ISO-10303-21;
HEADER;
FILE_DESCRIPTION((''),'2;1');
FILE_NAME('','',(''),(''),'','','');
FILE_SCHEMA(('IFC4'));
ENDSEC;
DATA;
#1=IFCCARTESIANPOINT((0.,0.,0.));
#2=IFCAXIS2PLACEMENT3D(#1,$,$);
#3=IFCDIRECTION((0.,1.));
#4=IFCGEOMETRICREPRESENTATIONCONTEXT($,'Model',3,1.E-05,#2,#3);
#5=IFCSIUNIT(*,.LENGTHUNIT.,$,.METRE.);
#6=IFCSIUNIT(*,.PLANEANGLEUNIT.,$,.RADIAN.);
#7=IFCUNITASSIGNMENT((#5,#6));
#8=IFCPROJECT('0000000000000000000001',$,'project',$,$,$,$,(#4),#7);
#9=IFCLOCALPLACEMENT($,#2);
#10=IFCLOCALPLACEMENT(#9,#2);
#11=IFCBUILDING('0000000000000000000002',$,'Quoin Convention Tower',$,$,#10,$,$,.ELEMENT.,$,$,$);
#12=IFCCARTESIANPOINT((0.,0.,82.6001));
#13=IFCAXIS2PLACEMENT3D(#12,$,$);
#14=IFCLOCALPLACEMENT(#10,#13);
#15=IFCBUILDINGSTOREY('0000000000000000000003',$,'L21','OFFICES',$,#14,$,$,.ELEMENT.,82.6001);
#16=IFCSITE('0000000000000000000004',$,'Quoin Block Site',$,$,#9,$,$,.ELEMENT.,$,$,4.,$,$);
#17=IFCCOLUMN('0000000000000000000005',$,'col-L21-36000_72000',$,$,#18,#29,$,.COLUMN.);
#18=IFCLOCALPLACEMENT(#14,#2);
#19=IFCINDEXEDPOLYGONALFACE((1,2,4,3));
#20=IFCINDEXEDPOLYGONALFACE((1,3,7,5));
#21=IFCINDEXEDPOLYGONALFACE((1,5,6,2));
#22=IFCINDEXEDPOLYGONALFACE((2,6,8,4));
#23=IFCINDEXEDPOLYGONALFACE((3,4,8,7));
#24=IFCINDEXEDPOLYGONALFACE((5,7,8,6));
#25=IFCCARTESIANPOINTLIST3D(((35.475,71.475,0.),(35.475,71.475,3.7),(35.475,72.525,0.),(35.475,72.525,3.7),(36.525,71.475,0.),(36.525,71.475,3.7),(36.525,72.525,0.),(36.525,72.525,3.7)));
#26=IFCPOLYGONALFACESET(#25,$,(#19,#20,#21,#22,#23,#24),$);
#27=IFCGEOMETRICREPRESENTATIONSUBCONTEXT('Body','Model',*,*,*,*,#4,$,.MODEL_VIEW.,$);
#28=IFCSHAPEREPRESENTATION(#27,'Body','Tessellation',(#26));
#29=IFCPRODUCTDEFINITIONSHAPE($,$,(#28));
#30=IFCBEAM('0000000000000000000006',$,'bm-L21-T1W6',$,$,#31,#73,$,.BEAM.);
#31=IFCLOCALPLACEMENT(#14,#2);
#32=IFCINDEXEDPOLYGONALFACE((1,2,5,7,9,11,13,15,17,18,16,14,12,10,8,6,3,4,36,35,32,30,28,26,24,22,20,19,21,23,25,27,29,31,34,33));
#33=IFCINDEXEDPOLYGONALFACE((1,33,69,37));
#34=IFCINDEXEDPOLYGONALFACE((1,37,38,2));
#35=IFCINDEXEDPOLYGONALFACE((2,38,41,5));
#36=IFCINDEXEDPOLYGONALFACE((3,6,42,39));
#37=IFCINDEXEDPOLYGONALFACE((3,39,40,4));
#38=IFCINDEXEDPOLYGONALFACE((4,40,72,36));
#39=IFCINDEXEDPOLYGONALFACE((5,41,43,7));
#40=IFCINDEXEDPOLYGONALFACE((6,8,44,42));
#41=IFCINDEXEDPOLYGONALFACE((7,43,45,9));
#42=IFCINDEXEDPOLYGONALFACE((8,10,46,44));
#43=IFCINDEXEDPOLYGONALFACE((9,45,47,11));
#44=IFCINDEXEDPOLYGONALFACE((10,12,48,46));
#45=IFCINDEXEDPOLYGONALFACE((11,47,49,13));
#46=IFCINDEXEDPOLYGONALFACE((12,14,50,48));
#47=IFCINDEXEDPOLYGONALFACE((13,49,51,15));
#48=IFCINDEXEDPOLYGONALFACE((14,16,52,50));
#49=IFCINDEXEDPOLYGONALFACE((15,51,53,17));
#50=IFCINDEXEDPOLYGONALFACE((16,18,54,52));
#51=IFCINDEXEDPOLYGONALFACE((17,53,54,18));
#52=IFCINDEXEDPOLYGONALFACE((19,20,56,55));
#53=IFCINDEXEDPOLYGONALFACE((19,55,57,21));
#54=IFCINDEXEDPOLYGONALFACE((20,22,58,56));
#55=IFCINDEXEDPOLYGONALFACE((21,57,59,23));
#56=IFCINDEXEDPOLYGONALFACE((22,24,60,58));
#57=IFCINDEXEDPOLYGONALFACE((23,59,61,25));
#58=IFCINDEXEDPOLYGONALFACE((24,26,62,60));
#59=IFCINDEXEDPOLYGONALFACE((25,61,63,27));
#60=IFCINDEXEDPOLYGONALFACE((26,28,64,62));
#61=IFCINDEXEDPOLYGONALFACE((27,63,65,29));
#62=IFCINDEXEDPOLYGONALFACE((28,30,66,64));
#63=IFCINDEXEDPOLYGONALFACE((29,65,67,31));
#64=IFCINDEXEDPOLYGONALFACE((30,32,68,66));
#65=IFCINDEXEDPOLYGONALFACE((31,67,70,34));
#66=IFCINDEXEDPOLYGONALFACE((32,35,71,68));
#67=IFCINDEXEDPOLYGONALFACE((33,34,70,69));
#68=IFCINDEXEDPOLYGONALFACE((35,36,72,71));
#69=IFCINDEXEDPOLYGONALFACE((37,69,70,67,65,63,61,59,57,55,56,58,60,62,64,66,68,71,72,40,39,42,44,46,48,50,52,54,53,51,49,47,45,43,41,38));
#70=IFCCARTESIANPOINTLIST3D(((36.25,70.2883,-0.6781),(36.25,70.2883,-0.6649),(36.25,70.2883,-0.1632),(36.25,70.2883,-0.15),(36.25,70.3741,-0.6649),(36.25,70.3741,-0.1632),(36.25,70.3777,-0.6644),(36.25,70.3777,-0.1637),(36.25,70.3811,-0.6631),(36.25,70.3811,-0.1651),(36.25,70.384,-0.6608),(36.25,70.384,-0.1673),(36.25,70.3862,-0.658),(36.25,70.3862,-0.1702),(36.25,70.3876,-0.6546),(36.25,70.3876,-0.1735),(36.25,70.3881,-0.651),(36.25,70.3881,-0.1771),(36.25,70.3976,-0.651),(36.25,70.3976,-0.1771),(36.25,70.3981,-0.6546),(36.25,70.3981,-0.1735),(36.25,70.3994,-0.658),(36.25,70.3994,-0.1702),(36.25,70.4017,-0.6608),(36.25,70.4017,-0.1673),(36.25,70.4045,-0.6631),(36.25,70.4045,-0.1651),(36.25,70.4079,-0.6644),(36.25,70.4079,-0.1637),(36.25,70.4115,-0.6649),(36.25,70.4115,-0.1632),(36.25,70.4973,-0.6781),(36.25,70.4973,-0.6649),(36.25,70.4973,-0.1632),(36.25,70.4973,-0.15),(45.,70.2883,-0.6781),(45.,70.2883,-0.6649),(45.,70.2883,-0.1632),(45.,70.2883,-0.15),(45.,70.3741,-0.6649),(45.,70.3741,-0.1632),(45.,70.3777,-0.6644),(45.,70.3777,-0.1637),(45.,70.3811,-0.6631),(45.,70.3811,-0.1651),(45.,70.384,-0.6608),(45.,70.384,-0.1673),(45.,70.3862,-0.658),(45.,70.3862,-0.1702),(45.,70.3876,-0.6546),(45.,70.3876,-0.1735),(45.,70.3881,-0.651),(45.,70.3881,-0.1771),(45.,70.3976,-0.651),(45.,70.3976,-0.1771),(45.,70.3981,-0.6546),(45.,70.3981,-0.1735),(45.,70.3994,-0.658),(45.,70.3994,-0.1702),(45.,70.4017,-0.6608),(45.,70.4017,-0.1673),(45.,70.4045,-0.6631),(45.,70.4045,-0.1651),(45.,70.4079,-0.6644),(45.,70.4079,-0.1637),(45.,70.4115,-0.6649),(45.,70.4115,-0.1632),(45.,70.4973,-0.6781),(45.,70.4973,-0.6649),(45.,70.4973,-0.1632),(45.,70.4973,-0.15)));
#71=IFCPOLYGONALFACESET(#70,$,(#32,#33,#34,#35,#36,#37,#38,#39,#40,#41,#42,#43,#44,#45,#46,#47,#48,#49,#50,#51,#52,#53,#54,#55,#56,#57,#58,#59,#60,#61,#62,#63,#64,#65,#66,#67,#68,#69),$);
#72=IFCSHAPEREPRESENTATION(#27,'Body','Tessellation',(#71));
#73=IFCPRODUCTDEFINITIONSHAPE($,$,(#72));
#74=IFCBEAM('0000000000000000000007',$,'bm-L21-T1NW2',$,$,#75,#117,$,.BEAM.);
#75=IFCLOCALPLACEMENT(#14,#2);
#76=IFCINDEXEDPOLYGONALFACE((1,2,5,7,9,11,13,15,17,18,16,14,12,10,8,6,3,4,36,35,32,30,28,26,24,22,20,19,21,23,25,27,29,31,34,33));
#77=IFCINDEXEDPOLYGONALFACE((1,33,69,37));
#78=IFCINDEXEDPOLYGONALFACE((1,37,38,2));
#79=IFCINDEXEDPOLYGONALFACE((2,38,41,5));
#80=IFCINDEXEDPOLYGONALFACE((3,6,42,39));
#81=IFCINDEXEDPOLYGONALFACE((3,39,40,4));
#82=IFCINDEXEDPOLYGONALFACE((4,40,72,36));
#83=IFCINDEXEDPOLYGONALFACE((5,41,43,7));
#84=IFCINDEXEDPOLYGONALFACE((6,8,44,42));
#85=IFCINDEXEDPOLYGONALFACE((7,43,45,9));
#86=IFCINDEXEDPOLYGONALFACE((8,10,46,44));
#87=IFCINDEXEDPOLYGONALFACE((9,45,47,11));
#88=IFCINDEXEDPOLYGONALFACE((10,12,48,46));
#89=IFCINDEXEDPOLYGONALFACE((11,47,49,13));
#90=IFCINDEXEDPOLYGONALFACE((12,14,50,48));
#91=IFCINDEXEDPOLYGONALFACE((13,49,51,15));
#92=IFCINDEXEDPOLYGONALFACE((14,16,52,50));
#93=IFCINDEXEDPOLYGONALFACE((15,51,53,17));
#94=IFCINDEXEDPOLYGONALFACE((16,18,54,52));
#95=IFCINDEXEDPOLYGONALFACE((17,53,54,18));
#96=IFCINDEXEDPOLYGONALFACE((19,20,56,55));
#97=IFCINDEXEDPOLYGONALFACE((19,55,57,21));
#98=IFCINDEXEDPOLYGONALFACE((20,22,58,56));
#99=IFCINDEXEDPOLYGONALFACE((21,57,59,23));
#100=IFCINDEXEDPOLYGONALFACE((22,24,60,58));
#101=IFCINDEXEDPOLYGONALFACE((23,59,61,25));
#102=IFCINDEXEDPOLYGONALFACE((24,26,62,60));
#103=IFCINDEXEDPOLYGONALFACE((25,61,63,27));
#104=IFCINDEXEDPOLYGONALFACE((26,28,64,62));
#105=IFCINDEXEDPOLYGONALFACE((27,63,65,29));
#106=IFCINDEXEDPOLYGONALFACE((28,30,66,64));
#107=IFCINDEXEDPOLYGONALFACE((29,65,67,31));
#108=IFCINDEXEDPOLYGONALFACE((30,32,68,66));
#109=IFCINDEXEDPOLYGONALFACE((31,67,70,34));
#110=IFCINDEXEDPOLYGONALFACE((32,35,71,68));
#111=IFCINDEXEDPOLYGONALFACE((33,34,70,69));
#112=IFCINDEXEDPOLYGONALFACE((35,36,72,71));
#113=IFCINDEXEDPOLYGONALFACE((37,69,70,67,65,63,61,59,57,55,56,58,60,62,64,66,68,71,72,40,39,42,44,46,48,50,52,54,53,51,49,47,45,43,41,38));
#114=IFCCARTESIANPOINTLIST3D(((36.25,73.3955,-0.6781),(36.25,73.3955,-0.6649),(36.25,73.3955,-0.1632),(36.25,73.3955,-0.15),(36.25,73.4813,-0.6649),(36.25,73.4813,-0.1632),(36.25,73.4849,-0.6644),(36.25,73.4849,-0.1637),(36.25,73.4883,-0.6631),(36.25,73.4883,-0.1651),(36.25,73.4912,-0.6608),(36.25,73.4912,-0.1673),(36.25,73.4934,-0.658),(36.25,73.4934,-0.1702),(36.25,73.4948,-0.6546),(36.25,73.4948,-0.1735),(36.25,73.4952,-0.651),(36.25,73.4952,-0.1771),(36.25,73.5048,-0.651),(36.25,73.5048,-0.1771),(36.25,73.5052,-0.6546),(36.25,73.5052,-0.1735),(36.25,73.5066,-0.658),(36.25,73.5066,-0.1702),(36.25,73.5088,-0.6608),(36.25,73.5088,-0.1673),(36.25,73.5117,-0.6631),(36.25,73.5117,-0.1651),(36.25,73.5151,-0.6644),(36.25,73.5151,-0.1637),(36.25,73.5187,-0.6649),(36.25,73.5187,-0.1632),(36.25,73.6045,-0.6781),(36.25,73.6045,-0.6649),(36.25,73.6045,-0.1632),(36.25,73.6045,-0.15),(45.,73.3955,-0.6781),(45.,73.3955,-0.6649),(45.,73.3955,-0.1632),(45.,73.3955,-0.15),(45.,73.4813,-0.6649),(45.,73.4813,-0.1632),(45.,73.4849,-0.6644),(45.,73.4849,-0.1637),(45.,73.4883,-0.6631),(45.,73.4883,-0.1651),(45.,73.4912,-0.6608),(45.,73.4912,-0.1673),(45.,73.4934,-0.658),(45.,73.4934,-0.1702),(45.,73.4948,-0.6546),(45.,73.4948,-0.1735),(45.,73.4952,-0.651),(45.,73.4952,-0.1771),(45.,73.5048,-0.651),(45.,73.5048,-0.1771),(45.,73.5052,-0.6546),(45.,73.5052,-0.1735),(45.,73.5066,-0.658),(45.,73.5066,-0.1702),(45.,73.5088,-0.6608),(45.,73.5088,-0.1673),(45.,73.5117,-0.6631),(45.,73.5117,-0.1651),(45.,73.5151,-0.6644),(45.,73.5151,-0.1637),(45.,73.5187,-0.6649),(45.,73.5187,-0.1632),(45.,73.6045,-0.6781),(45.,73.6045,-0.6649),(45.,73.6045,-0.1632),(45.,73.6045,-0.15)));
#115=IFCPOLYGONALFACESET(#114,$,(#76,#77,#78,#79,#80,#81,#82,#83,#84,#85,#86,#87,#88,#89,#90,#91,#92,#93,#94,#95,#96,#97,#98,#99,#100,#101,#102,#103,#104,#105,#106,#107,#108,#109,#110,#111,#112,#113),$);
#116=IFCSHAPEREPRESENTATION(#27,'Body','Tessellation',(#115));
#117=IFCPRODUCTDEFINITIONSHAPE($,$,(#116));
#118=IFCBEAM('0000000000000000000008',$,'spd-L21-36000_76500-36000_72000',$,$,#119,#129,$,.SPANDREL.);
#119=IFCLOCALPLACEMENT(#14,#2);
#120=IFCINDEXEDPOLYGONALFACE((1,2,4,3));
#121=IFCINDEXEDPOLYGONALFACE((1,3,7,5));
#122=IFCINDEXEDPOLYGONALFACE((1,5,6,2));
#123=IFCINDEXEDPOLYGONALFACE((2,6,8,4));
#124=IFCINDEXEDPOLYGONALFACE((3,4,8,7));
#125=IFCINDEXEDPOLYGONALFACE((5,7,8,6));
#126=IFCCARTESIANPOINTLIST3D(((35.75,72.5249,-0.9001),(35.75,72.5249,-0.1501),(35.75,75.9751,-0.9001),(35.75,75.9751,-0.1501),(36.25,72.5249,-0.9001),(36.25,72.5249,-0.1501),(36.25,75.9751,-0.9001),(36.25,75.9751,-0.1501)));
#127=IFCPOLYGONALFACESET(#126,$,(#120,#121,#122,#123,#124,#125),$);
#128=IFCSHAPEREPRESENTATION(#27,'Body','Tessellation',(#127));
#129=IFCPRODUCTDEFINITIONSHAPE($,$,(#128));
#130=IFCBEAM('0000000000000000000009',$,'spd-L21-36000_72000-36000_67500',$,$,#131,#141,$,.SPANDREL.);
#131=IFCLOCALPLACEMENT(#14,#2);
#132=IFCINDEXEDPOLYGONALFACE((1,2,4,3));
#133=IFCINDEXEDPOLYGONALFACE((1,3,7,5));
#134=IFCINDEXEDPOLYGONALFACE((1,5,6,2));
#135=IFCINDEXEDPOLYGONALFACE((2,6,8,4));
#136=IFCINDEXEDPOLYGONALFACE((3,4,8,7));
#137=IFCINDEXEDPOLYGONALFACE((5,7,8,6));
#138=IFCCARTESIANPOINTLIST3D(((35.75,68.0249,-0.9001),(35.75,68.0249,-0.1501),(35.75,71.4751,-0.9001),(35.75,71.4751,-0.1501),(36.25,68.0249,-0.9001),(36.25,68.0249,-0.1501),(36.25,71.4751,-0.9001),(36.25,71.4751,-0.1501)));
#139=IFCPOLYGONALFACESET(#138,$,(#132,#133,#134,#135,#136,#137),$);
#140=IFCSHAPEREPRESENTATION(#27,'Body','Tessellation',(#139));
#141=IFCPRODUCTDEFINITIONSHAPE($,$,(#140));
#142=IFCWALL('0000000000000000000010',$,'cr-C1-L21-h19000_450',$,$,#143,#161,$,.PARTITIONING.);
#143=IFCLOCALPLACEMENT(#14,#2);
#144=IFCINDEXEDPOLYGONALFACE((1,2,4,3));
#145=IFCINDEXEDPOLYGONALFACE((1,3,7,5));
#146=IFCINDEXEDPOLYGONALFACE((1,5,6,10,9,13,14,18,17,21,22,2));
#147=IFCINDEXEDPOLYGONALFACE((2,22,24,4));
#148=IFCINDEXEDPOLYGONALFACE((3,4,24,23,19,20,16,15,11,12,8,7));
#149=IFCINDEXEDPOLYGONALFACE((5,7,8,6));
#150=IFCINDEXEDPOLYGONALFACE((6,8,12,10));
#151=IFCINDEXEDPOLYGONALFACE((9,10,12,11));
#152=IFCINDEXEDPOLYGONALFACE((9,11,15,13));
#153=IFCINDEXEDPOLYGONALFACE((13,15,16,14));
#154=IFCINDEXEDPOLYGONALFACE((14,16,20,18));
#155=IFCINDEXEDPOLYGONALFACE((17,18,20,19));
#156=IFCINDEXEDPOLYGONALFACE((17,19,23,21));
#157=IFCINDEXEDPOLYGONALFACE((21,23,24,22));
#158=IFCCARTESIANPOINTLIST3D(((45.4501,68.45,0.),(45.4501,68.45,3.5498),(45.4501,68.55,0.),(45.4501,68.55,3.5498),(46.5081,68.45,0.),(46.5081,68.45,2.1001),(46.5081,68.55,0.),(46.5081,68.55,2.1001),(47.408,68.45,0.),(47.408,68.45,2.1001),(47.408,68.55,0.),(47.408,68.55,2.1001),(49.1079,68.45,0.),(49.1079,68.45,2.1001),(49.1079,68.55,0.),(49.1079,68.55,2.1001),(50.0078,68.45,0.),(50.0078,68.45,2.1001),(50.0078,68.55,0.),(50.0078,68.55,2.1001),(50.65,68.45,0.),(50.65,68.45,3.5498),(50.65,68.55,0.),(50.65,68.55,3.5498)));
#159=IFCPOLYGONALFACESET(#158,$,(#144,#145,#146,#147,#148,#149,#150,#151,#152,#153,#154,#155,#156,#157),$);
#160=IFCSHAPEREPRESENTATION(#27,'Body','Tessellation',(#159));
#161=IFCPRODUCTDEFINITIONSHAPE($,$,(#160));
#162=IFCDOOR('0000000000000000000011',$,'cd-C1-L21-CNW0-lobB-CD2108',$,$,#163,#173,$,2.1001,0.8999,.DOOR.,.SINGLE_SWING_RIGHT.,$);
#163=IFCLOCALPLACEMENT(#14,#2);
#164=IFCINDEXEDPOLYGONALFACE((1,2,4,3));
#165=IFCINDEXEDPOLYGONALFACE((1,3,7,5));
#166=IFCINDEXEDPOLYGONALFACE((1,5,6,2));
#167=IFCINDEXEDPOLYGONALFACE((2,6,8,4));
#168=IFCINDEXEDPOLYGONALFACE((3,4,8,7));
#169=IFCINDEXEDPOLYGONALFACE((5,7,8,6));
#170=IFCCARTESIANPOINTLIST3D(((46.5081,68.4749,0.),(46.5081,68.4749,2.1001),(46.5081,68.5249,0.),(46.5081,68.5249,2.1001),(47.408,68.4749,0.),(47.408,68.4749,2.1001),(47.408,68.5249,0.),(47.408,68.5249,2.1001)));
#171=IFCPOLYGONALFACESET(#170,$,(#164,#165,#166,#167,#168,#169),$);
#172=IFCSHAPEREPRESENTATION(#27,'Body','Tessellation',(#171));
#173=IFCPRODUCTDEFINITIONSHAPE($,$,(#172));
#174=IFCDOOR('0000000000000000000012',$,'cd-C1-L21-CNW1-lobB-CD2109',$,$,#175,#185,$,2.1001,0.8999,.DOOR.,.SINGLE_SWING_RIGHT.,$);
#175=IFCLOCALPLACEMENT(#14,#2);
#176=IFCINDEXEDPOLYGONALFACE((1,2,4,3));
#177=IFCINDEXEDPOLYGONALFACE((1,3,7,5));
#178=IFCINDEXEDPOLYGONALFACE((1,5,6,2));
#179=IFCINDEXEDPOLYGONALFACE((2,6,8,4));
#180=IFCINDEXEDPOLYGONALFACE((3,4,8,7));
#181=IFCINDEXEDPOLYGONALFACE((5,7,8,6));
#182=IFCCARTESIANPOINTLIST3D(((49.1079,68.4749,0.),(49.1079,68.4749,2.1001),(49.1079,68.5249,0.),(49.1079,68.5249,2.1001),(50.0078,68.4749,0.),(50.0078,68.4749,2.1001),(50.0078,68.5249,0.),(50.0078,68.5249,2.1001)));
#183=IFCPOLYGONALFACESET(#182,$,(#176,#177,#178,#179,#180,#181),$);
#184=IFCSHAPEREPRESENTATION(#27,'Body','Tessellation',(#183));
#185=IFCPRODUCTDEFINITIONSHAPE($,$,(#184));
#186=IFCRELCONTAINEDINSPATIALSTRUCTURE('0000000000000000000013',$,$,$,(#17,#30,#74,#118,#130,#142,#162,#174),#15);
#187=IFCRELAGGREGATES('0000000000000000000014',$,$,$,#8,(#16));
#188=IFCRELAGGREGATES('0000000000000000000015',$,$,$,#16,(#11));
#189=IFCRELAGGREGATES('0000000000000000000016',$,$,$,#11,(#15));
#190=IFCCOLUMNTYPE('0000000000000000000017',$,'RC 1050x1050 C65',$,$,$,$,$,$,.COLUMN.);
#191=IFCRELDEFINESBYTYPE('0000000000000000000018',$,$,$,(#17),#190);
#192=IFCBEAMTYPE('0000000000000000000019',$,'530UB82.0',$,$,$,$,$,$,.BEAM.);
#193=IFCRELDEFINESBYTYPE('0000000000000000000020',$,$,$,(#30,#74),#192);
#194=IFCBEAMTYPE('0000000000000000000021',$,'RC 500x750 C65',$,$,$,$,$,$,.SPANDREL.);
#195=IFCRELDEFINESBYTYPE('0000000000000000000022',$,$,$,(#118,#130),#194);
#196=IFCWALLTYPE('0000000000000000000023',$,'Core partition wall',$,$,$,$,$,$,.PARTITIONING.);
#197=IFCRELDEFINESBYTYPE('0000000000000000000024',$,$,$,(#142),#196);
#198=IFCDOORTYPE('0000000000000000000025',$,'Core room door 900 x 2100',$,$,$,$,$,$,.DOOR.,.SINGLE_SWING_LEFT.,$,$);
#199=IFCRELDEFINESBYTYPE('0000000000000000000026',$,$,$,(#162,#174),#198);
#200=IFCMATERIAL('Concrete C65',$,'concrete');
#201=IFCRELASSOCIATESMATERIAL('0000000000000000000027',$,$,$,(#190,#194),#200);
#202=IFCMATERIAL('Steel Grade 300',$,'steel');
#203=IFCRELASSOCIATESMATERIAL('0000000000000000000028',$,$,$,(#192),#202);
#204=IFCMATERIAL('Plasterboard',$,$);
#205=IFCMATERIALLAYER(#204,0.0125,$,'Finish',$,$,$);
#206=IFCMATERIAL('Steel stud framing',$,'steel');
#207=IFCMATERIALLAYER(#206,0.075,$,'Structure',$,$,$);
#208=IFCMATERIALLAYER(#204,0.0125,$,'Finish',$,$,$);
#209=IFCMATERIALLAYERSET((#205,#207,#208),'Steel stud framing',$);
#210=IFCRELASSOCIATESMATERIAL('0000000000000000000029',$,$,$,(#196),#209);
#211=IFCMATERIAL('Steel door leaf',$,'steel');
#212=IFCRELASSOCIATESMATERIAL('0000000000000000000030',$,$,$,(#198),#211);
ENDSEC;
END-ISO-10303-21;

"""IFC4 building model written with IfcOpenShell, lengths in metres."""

from ifc_helpers import new_model, si_unit, direction, frame, frame_2d, origin, origin_2d, place, context, subcontext, project, spatial, rectangle, i_section, extrude, material, layer, layer_set, material_profile, profile_set, type_object, element, fill, save


model = new_model("IFC4")

# Units and contexts
model_context = context("Model", 3, precision=1e-05, world=origin(), true_north=direction((0.0, 1.0)))
body_context = subcontext(model_context, "Body", "Model", "MODEL_VIEW")
ifc_project = project(units=[si_unit("LENGTHUNIT", "METRE"), si_unit("PLANEANGLEUNIT", "RADIAN")], contexts=[model_context])

# Site, building, storey
site_placement = place(None, origin())
site = spatial("IfcSite", under=ifc_project, at=site_placement, Name="Quoin Block Site", CompositionType="ELEMENT", RefElevation=4.0)
building_placement = place(site_placement, origin())
building = spatial("IfcBuilding", under=site, at=building_placement, Name="Quoin Convention Tower", CompositionType="ELEMENT")
storey_placement = place(building_placement, frame((0.0, 0.0, 82.6001)))
storey = spatial("IfcBuildingStorey", under=building, at=storey_placement, Name="L21", Description="OFFICES", CompositionType="ELEMENT", Elevation=82.6001)

# Column
ifc_material_1 = material(Name="Concrete C65", Category="concrete")
ifc_material_profile_1 = material_profile(ifc_material_1, rectangle(XDim=1.05, YDim=1.05, at=origin_2d()), Name="RC 1050x1050")
ifc_profile_set_1 = profile_set([ifc_material_profile_1], Name="Concrete C65")
column_type = type_object("IfcColumnType", Name="RC 1050x1050 C65", PredefinedType="COLUMN", material=ifc_profile_set_1)
column_placement = place(storey_placement, frame((36.0, 72.0, 0.0), z_axis=(0.0, 0.0, 1.0), x_axis=(1.0, 0.0, 0.0)))
element("IfcColumn", 1, at=column_placement, inside=storey, type_object=column_type, Name="col-L21-36000_72000", PredefinedType="COLUMN", context=body_context, shape_type="SweptSolid", body=[
    extrude(rectangle(XDim=1.05, YDim=1.05, at=origin_2d()), origin(), (0.0, 0.0, 1.0), 3.7),
])

# Beams
ifc_material_2 = material(Name="Steel Grade 300", Category="steel")
ifc_material_profile_2 = material_profile(ifc_material_2, i_section(OverallWidth=0.209, OverallDepth=0.5281, WebThickness=0.0095, FlangeThickness=0.0132, FilletRadius=0.0139, at=origin_2d()), Name="530UB82.0")
ifc_profile_set_2 = profile_set([ifc_material_profile_2], Name="Steel Grade 300")
beam_type_1 = type_object("IfcBeamType", Name="530UB82.0", PredefinedType="BEAM", material=ifc_profile_set_2)
for number, where, z_axis, x_axis, name in (
    (2, (36.25, 70.3928, -0.4141), (1.0, 0.0, 0.0), (0.0, 1.0, 0.0), "bm-L21-T1W6"),
    (3, (36.25, 73.5, -0.4141), (1.0, 0.0, 0.0), (0.0, 1.0, 0.0), "bm-L21-T1NW2"),
):
    element("IfcBeam", number, at=place(storey_placement, frame(where, z_axis=z_axis, x_axis=x_axis)), inside=storey, type_object=beam_type_1, Name=name, PredefinedType="BEAM", context=body_context, shape_type="SweptSolid", body=[
        extrude(i_section(OverallWidth=0.209, OverallDepth=0.5281, WebThickness=0.0095, FlangeThickness=0.0132, FilletRadius=0.0139, at=origin_2d()), origin(), (0.0, 0.0, 1.0), 8.75),
    ])
ifc_material_profile_3 = material_profile(ifc_material_1, rectangle(XDim=0.5, YDim=0.75, at=origin_2d()), Name="RC 500x750")
ifc_profile_set_3 = profile_set([ifc_material_profile_3], Name="Concrete C65")
beam_type_2 = type_object("IfcBeamType", Name="RC 500x750 C65", PredefinedType="SPANDREL", material=ifc_profile_set_3)
for number, where, z_axis, x_axis, name in (
    (4, (36.0, 75.9751, -0.5251), (0.0, -1.0, 0.0), (1.0, 0.0, 0.0), "spd-L21-36000_76500-36000_72000"),
    (5, (36.0, 71.4751, -0.5251), (0.0, -1.0, 0.0), (1.0, 0.0, 0.0), "spd-L21-36000_72000-36000_67500"),
):
    element("IfcBeam", number, at=place(storey_placement, frame(where, z_axis=z_axis, x_axis=x_axis)), inside=storey, type_object=beam_type_2, Name=name, PredefinedType="SPANDREL", context=body_context, shape_type="SweptSolid", body=[
        extrude(rectangle(XDim=0.5, YDim=0.75, at=origin_2d()), origin(), (0.0, 0.0, 1.0), 3.4502),
    ])

# Wall, openings, doors
ifc_material_3 = material(Name="Plasterboard")
ifc_layer_1 = layer(ifc_material_3, 0.0125, Name="Finish")
ifc_material_4 = material(Name="Steel stud framing", Category="steel")
ifc_layer_2 = layer(ifc_material_4, 0.075, Name="Structure")
ifc_layer_3 = layer(ifc_material_3, 0.0125, Name="Finish")
ifc_layer_set_1 = layer_set([ifc_layer_1, ifc_layer_2, ifc_layer_3], Name="Steel stud framing")
wall_type_1 = type_object("IfcWallType", Name="Core partition wall", PredefinedType="PARTITIONING", material=ifc_layer_set_1)
wall_1_placement = place(storey_placement, frame((45.45, 68.5, 0.0), z_axis=(0.0, 0.0, 1.0), x_axis=(1.0, 0.0, 0.0)))
wall_1 = element("IfcWall", 6, at=wall_1_placement, inside=storey, type_object=wall_type_1, Name="cr-C1-L21-h19000_450", PredefinedType="PARTITIONING", context=body_context, shape_type="SweptSolid", body=[
    extrude(rectangle(XDim=5.2, YDim=0.1001, at=frame_2d((2.6001, 0.0))), origin(), (0.0, 0.0, 1.0), 3.5498),
])
opening_1_placement = place(wall_1_placement, frame((1.0581, 0.0, 0.0)))
opening_1 = element("IfcOpeningElement", 7, at=opening_1_placement, cuts=wall_1, PredefinedType="OPENING", context=body_context, shape_type="SweptSolid", body=[
    extrude(rectangle(XDim=0.8999, YDim=2.1001, at=frame_2d((0.45, 1.05))), frame((0.0, 0.0601, 0.0), z_axis=(0.0, -1.0, 0.0), x_axis=(1.0, 0.0, 0.0)), (0.0, 0.0, 1.0), 0.1201),
])
opening_2_placement = place(wall_1_placement, frame((3.658, 0.0, 0.0)))
opening_2 = element("IfcOpeningElement", 8, at=opening_2_placement, cuts=wall_1, PredefinedType="OPENING", context=body_context, shape_type="SweptSolid", body=[
    extrude(rectangle(XDim=0.8999, YDim=2.1001, at=frame_2d((0.45, 1.05))), frame((0.0, 0.0601, 0.0), z_axis=(0.0, -1.0, 0.0), x_axis=(1.0, 0.0, 0.0)), (0.0, 0.0, 1.0), 0.1201),
])
ifc_material_5 = material(Name="Steel door leaf", Category="steel")
door_type_1 = type_object("IfcDoorType", Name="Core room door 900 x 2100", OperationType="SINGLE_SWING_LEFT", PredefinedType="DOOR", material=ifc_material_5)
door_1_placement = place(opening_1_placement, origin())
door_1 = element("IfcDoor", 9, at=door_1_placement, inside=storey, type_object=door_type_1, Name="cd-C1-L21-CNW0-lobB-CD2108", OperationType="SINGLE_SWING_RIGHT", OverallHeight=2.1001, OverallWidth=0.8999, PredefinedType="DOOR", context=body_context, shape_type="SweptSolid", body=[
    extrude(rectangle(XDim=0.8999, YDim=2.1001, at=frame_2d((0.45, 1.05))), frame((0.0, 0.0249, 0.0), z_axis=(0.0, -1.0, 0.0), x_axis=(1.0, 0.0, 0.0)), (0.0, 0.0, 1.0), 0.05),
])
fill(opening_1, door_1)
door_2_placement = place(opening_2_placement, origin())
door_2 = element("IfcDoor", 10, at=door_2_placement, inside=storey, type_object=door_type_1, Name="cd-C1-L21-CNW1-lobB-CD2109", OperationType="SINGLE_SWING_RIGHT", OverallHeight=2.1001, OverallWidth=0.8999, PredefinedType="DOOR", context=body_context, shape_type="SweptSolid", body=[
    extrude(rectangle(XDim=0.8999, YDim=2.1001, at=frame_2d((0.45, 1.05))), frame((0.0, 0.0249, 0.0), z_axis=(0.0, -1.0, 0.0), x_axis=(1.0, 0.0, 0.0)), (0.0, 0.0, 1.0), 0.05),
])
fill(opening_2, door_2)

save(model, "model.ifc")
